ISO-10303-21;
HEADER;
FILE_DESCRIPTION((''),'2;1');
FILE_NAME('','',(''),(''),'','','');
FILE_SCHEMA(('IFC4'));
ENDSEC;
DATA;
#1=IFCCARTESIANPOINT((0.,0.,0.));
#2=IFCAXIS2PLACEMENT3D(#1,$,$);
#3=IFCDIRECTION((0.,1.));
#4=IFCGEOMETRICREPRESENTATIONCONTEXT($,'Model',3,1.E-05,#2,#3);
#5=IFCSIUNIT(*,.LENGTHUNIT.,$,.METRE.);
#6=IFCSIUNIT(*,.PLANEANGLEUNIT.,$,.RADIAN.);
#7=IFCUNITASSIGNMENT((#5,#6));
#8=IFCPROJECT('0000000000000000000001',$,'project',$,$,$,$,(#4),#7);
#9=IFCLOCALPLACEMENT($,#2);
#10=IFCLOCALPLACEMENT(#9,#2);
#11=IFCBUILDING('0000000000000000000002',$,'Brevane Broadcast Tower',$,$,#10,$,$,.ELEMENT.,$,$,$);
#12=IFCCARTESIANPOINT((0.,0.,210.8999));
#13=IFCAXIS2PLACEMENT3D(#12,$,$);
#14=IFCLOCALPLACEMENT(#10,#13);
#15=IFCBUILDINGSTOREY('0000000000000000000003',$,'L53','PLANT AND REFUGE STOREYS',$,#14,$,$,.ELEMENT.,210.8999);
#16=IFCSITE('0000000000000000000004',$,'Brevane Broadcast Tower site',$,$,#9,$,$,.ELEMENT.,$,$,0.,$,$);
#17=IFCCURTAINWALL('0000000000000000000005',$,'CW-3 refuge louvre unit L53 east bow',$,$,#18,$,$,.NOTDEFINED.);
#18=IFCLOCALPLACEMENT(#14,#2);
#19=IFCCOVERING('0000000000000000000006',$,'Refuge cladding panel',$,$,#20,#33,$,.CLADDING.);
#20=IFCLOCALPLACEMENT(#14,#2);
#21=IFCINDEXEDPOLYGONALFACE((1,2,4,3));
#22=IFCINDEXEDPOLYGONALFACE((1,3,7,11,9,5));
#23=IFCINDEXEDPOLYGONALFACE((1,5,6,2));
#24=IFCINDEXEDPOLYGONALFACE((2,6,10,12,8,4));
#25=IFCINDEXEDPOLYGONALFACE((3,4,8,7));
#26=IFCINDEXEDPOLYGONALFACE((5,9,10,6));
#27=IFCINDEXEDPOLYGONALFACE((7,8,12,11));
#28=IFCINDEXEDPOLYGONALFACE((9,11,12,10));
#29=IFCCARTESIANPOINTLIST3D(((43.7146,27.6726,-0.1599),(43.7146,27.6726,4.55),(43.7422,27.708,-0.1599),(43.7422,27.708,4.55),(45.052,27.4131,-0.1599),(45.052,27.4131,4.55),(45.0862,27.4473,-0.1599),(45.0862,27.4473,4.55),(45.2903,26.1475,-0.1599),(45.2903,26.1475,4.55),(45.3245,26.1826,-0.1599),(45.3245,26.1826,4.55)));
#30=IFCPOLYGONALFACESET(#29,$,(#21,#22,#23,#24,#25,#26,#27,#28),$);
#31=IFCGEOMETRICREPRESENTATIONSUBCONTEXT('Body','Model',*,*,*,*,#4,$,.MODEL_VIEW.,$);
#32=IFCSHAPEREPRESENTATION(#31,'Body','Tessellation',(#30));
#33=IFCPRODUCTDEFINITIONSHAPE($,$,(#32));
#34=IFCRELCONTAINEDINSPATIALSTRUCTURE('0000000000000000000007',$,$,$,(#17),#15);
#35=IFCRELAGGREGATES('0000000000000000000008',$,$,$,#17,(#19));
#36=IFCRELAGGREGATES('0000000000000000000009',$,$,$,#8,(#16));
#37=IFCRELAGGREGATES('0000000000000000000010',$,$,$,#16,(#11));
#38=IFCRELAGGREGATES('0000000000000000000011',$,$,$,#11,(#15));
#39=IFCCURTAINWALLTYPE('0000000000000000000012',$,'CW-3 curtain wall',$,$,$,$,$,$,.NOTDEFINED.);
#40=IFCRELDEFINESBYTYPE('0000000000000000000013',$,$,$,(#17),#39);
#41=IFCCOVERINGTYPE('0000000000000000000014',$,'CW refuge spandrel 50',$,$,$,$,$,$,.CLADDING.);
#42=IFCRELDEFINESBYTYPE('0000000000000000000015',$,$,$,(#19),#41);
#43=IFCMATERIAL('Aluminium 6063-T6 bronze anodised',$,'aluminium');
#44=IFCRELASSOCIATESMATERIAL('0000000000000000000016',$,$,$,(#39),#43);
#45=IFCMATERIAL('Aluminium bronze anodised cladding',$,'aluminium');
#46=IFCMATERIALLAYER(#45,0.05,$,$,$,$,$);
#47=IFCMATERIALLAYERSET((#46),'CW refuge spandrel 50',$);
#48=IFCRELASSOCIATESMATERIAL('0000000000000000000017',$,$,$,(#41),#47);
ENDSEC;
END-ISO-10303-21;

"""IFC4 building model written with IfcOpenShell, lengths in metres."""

from ifc_helpers import new_model, si_unit, direction, frame, origin, place, context, subcontext, project, spatial, polyline, outline, extrude, material, layer, layer_set, type_object, element, aggregate, save


model = new_model("IFC4")

# Units and contexts
model_context = context("Model", 3, precision=1e-05, world=origin(), true_north=direction((0.0, 1.0)))
body_context = subcontext(model_context, "Body", "Model", "MODEL_VIEW")
ifc_project = project(units=[si_unit("LENGTHUNIT", "METRE"), si_unit("PLANEANGLEUNIT", "RADIAN")], contexts=[model_context])

# Site, building, storey
site_placement = place(None, origin())
site = spatial("IfcSite", under=ifc_project, at=site_placement, Name="Brevane Broadcast Tower site", CompositionType="ELEMENT", RefElevation=0.0)
building_placement = place(site_placement, origin())
building = spatial("IfcBuilding", under=site, at=building_placement, Name="Brevane Broadcast Tower", CompositionType="ELEMENT")
storey_placement = place(building_placement, frame((0.0, 0.0, 210.8999)))
storey = spatial("IfcBuildingStorey", under=building, at=storey_placement, Name="L53", Description="PLANT AND REFUGE STOREYS", CompositionType="ELEMENT", Elevation=210.8999)

# Shared definitions
ifc_material_1 = material(Name="Aluminium 6063-T6 bronze anodised", Category="aluminium")
curtain_wall_type = type_object("IfcCurtainWallType", Name="CW-3 curtain wall", PredefinedType="NOTDEFINED", material=ifc_material_1)
ifc_material_2 = material(Name="Aluminium bronze anodised cladding", Category="aluminium")
ifc_layer = layer(ifc_material_2, 0.05)
ifc_layer_set = layer_set([ifc_layer], Name="CW refuge spandrel 50")
covering_type = type_object("IfcCoveringType", Name="CW refuge spandrel 50", PredefinedType="CLADDING", material=ifc_layer_set)

# Curtain wall, covering
curtain_wall_1_placement = place(storey_placement, origin())
curtain_wall_1 = element("IfcCurtainWall", 1, at=curtain_wall_1_placement, inside=storey, type_object=curtain_wall_type, Name="CW-3 refuge louvre unit L53 east bow", PredefinedType="NOTDEFINED")
covering_1_placement = place(storey_placement, frame((0.0, 0.0, -0.1599)))
covering_1 = element("IfcCovering", 2, at=covering_1_placement, type_object=covering_type, Name="Refuge cladding panel", PredefinedType="CLADDING", context=body_context, shape_type="SweptSolid", body=[
    extrude(outline(polyline([(45.2903, 26.1475), (45.3245, 26.1826), (45.0862, 27.4473), (43.7422, 27.708), (43.7146, 27.6726), (45.052, 27.4131), (45.2903, 26.1475)])), origin(), (0.0, 0.0, 1.0), 4.71),
])
aggregate(curtain_wall_1, [covering_1])

save(model, "model.ifc")
